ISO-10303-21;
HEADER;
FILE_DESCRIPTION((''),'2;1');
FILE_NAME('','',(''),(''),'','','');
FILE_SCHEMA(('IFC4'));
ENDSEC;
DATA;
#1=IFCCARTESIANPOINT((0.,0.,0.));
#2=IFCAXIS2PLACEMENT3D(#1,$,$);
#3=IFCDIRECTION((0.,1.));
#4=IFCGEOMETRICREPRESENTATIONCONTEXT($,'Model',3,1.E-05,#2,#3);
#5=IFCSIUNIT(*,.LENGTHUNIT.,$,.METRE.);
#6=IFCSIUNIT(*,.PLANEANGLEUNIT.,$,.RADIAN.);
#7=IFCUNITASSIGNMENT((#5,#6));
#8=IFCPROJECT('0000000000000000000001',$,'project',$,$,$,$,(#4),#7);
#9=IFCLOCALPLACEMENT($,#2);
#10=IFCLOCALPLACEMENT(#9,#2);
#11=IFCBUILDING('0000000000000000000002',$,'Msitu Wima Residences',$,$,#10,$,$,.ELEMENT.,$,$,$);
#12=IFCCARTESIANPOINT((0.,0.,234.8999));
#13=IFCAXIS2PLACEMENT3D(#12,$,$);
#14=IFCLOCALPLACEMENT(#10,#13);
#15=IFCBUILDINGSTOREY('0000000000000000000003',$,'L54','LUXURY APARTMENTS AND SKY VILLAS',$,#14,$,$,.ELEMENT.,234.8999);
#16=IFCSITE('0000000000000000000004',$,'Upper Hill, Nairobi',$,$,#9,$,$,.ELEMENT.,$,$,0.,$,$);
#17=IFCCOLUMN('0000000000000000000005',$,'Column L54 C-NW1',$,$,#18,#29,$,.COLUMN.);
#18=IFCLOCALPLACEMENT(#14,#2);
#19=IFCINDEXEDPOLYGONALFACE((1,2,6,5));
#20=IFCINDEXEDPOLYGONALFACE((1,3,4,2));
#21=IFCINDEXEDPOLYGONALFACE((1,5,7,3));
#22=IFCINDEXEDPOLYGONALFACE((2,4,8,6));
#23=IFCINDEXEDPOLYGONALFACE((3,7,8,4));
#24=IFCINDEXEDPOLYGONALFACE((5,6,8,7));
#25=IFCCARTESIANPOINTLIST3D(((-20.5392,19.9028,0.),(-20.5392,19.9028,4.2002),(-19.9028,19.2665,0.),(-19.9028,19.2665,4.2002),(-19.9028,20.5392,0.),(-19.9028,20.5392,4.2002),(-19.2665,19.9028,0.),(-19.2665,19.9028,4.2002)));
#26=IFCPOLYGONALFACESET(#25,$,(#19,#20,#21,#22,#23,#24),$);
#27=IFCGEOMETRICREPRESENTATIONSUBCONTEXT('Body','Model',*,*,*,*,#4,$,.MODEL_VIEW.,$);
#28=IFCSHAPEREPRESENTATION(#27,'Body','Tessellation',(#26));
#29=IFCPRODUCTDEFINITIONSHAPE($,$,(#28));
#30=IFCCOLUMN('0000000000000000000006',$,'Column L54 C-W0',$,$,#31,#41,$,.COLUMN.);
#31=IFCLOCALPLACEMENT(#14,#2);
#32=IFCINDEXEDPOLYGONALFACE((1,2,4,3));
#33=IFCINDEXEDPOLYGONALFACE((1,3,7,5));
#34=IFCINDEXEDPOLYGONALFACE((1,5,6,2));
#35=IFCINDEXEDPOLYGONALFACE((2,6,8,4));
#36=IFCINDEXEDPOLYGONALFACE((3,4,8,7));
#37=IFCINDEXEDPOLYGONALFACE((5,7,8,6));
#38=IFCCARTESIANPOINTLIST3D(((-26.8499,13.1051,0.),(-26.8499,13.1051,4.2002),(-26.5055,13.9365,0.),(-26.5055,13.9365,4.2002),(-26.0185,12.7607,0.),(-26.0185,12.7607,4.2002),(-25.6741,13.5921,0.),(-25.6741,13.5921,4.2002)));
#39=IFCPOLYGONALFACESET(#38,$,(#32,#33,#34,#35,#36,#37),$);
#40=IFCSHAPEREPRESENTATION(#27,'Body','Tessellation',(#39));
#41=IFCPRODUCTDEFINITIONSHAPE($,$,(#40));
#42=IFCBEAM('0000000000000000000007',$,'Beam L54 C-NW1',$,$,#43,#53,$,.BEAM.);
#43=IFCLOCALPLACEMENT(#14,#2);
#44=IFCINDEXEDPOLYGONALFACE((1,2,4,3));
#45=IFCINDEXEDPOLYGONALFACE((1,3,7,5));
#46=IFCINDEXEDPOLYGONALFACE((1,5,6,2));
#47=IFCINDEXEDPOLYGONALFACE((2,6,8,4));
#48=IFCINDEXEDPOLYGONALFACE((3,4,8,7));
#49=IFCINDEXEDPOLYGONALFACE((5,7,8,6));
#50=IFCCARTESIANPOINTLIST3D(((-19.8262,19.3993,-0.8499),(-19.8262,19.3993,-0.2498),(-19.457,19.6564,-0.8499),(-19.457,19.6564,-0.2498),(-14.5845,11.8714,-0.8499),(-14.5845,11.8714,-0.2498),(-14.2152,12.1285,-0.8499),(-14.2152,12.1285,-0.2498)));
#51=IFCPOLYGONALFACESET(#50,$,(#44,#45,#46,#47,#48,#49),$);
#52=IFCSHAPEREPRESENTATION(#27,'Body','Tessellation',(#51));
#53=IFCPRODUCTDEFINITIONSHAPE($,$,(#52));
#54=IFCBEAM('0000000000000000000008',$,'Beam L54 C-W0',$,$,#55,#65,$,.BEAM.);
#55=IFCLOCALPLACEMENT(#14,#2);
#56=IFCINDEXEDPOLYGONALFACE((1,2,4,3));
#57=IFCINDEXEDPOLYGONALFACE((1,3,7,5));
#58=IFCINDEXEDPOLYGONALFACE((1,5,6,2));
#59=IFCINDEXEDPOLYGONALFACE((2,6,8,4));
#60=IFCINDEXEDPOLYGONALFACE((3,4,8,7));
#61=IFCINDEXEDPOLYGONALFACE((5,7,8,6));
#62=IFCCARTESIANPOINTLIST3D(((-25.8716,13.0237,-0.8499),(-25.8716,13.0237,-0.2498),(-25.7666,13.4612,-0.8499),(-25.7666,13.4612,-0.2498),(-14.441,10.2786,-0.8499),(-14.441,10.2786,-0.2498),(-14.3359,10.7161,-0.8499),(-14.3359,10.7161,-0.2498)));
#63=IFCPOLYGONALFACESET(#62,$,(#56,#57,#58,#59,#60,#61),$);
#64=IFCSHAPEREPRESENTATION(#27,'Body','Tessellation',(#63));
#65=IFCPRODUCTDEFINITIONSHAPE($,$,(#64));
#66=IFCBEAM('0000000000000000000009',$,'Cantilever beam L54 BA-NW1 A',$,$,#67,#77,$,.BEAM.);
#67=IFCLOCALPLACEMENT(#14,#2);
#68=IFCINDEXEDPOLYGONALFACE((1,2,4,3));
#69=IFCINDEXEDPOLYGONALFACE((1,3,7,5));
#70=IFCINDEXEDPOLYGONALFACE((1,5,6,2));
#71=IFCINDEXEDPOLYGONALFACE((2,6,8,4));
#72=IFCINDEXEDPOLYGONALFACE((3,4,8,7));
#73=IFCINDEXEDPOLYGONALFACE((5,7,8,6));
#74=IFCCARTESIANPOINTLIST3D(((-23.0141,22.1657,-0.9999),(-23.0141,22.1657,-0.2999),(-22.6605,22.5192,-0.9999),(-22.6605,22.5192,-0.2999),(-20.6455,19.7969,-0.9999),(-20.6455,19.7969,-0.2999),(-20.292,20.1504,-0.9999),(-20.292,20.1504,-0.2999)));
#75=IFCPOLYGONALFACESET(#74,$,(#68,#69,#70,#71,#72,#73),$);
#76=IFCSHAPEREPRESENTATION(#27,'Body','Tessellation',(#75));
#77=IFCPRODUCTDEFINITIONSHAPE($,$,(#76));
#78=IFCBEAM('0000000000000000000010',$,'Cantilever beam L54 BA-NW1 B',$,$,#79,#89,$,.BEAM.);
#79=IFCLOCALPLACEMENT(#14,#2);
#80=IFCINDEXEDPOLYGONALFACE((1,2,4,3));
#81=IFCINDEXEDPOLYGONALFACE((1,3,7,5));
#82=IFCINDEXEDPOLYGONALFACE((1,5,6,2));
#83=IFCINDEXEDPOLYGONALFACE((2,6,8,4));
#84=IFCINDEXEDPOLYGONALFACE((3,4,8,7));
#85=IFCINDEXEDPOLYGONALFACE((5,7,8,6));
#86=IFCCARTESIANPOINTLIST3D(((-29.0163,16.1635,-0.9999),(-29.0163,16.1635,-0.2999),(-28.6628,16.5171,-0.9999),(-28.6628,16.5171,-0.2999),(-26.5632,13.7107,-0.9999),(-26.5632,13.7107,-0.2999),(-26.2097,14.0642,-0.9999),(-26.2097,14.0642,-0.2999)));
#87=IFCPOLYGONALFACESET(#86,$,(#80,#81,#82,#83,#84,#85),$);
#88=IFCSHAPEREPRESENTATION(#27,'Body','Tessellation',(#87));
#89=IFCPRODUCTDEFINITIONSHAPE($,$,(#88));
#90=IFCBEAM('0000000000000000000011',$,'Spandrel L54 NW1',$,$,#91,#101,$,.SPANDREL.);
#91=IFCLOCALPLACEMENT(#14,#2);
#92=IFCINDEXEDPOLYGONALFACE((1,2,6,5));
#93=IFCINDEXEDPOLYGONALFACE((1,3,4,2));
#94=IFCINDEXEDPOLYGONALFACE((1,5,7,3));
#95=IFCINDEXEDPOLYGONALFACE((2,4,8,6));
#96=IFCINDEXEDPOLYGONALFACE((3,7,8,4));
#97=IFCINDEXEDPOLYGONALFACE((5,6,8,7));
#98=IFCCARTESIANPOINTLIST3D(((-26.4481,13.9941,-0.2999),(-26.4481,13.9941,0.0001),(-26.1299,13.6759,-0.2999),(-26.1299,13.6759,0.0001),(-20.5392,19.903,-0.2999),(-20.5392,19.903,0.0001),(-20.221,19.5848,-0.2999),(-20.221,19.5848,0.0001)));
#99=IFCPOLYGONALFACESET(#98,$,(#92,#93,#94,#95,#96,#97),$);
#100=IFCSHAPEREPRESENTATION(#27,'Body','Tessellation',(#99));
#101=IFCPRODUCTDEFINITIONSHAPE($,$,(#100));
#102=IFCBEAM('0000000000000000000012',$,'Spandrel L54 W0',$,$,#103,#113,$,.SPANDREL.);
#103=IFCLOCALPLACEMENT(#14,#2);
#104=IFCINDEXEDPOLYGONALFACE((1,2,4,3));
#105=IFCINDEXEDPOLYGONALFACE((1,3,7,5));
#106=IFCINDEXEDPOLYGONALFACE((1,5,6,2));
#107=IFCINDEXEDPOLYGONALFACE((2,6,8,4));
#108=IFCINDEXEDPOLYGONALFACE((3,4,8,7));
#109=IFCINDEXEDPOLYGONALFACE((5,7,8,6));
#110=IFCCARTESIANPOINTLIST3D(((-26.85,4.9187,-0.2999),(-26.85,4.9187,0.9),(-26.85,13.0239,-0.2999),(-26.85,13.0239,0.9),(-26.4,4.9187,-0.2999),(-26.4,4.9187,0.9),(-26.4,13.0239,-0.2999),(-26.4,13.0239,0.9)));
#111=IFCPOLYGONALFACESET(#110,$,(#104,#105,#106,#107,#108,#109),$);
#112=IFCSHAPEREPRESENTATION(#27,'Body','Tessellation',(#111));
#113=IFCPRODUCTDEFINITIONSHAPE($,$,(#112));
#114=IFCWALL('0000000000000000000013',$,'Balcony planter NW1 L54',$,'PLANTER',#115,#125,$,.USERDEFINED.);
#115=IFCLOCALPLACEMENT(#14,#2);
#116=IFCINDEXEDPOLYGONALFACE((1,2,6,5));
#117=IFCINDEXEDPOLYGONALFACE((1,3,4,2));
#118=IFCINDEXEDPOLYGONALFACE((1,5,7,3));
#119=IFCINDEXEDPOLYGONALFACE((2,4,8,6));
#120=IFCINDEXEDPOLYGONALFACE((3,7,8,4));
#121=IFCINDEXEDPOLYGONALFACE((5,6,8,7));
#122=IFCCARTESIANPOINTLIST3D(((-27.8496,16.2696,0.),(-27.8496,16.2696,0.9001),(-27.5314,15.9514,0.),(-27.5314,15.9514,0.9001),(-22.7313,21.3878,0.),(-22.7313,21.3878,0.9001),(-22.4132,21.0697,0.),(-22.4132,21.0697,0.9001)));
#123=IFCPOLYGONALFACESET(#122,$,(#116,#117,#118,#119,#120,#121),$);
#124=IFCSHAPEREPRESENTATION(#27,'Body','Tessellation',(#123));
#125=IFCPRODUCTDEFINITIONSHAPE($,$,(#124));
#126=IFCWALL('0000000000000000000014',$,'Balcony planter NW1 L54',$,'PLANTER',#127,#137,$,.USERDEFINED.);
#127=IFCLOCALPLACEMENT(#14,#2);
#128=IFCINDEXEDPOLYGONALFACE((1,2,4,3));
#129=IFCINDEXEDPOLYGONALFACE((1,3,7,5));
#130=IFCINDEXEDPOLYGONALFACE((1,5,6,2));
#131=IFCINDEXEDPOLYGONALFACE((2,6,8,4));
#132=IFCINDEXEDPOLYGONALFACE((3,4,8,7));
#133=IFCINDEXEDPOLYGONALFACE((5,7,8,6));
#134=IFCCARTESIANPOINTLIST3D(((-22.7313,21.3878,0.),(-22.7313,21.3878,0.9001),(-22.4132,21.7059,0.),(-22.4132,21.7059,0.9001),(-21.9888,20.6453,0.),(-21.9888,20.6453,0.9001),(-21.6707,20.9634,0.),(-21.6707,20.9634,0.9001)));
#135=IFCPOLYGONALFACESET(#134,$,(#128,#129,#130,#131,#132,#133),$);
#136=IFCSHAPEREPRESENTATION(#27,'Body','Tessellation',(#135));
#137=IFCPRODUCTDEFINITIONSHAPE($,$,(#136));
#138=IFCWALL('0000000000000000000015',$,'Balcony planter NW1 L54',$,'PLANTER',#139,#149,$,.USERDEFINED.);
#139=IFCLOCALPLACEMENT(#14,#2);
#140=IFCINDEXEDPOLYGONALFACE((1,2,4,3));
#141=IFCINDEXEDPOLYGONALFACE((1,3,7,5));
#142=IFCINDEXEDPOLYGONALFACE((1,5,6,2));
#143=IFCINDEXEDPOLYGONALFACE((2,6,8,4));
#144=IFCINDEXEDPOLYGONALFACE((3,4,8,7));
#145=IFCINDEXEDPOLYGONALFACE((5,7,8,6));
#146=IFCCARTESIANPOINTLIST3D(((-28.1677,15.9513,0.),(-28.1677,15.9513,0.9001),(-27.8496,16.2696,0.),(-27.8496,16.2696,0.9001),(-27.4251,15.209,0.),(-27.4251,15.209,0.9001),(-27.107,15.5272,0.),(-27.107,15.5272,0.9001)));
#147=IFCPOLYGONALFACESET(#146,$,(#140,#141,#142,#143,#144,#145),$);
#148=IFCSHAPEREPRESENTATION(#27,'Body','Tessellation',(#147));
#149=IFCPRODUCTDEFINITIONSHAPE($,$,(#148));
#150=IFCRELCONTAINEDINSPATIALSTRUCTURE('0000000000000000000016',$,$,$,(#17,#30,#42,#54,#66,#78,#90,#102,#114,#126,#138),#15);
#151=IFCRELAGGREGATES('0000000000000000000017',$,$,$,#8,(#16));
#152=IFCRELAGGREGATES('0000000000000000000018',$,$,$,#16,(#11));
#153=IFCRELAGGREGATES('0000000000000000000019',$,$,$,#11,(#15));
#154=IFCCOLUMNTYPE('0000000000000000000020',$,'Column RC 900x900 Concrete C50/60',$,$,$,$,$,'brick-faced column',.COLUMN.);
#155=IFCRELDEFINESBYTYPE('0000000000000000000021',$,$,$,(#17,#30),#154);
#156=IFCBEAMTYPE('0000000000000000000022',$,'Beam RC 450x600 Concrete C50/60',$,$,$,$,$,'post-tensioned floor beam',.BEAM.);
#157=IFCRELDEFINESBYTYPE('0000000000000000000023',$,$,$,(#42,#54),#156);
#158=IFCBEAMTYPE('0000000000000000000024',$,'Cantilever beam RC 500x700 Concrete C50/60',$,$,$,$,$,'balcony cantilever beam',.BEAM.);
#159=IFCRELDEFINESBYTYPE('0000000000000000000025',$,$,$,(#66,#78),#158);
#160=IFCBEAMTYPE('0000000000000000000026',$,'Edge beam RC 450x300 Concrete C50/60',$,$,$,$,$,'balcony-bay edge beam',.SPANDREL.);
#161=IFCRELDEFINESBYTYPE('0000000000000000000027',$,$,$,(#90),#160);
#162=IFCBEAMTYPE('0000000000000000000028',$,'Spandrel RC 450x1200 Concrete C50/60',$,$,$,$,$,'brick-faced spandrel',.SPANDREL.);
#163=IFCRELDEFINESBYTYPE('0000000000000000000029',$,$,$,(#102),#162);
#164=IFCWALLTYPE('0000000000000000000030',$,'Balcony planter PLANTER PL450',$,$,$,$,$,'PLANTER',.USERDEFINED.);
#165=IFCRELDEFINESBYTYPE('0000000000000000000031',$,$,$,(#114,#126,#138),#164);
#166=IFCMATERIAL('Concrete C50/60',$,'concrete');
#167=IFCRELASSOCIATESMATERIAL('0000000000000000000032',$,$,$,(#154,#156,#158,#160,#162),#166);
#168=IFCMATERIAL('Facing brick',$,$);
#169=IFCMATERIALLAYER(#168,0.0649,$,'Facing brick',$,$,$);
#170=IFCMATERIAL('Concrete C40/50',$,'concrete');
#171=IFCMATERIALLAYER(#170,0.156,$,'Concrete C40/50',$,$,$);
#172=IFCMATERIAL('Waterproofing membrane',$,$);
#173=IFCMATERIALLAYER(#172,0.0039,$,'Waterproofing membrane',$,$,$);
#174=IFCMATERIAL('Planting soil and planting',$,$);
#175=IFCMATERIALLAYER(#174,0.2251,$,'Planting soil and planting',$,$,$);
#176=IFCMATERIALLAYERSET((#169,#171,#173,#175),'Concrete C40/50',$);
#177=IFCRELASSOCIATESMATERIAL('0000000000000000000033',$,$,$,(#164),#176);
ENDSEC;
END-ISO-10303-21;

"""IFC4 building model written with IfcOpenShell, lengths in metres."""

from ifc_helpers import new_model, si_unit, direction, frame, frame_2d, origin, origin_2d, place, context, subcontext, project, spatial, rectangle, extrude, material, layer, layer_set, material_profile, profile_set, type_object, element, save


model = new_model("IFC4")

# Units and contexts
model_context = context("Model", 3, precision=1e-05, world=origin(), true_north=direction((0.0, 1.0)))
body_context = subcontext(model_context, "Body", "Model", "MODEL_VIEW")
ifc_project = project(units=[si_unit("LENGTHUNIT", "METRE"), si_unit("PLANEANGLEUNIT", "RADIAN")], contexts=[model_context])

# Site, building, storey
site_placement = place(None, origin())
site = spatial("IfcSite", under=ifc_project, at=site_placement, Name="Upper Hill, Nairobi", CompositionType="ELEMENT", RefElevation=0.0)
building_placement = place(site_placement, origin())
building = spatial("IfcBuilding", under=site, at=building_placement, Name="Msitu Wima Residences", CompositionType="ELEMENT")
storey_placement = place(building_placement, frame((0.0, 0.0, 234.8999)))
storey = spatial("IfcBuildingStorey", under=building, at=storey_placement, Name="L54", Description="LUXURY APARTMENTS AND SKY VILLAS", CompositionType="ELEMENT", Elevation=234.8999)

# Columns
ifc_material_1 = material(Name="Concrete C50/60", Category="concrete")
ifc_material_profile_1 = material_profile(ifc_material_1, rectangle(XDim=0.8999, YDim=0.8999, at=origin_2d()), Name="RC 900x900")
ifc_profile_set_1 = profile_set([ifc_material_profile_1], Name="Concrete C50/60")
column_type = type_object("IfcColumnType", Name="Column RC 900x900 Concrete C50/60", ElementType="brick-faced column", PredefinedType="COLUMN", material=ifc_profile_set_1)
for number, where, z_axis, x_axis, name in (
    (1, (-19.9028, 19.9028, 0.0), (0.0, 0.0, 1.0), (-0.707107, -0.707107, 0.0), "Column L54 C-NW1"),
    (2, (-26.262, 13.3486, 0.0), (0.0, 0.0, 1.0), (-0.382683, -0.92388, 0.0), "Column L54 C-W0"),
):
    element("IfcColumn", number, at=place(storey_placement, frame(where, z_axis=z_axis, x_axis=x_axis)), inside=storey, type_object=column_type, Name=name, PredefinedType="COLUMN", context=body_context, shape_type="SweptSolid", body=[
        extrude(rectangle(XDim=0.8999, YDim=0.8999, at=origin_2d()), origin(), (0.0, 0.0, 1.0), 4.2002),
    ])

# Beams
ifc_material_profile_2 = material_profile(ifc_material_1, rectangle(XDim=0.45, YDim=0.6001, at=origin_2d()), Name="RC 450x600")
ifc_profile_set_2 = profile_set([ifc_material_profile_2], Name="Concrete C50/60")
beam_type_1 = type_object("IfcBeamType", Name="Beam RC 450x600 Concrete C50/60", ElementType="post-tensioned floor beam", PredefinedType="BEAM", material=ifc_profile_set_2)
beam_1_placement = place(storey_placement, frame((-19.6416, 19.5278, -0.5498), z_axis=(0.571428, -0.820652, 0.0), x_axis=(0.820652, 0.571428, 0.0)))
element("IfcBeam", 3, at=beam_1_placement, inside=storey, type_object=beam_type_1, Name="Beam L54 C-NW1", PredefinedType="BEAM", context=body_context, shape_type="SweptSolid", body=[
    extrude(rectangle(XDim=0.45, YDim=0.6001, at=origin_2d()), origin(), (0.0, 0.0, 1.0), 9.1731),
])
beam_2_placement = place(storey_placement, frame((-25.8191, 13.2424, -0.5498), z_axis=(0.972353, -0.233514, 0.0), x_axis=(0.233514, 0.972353, 0.0)))
element("IfcBeam", 4, at=beam_2_placement, inside=storey, type_object=beam_type_1, Name="Beam L54 C-W0", PredefinedType="BEAM", context=body_context, shape_type="SweptSolid", body=[
    extrude(rectangle(XDim=0.45, YDim=0.6001, at=origin_2d()), origin(), (0.0, 0.0, 1.0), 11.7556),
])
ifc_material_profile_3 = material_profile(ifc_material_1, rectangle(XDim=0.5, YDim=0.7, at=origin_2d()), Name="RC 500x700")
ifc_profile_set_3 = profile_set([ifc_material_profile_3], Name="Concrete C50/60")
beam_type_2 = type_object("IfcBeamType", Name="Cantilever beam RC 500x700 Concrete C50/60", ElementType="balcony cantilever beam", PredefinedType="BEAM", material=ifc_profile_set_3)
beam_3_placement = place(storey_placement, frame((-20.4688, 19.9736, -0.6499), z_axis=(-0.70707, 0.707143, 0.0), x_axis=(-0.707143, -0.70707, 0.0)))
element("IfcBeam", 5, at=beam_3_placement, inside=storey, type_object=beam_type_2, Name="Cantilever beam L54 BA-NW1 A", PredefinedType="BEAM", context=body_context, shape_type="SweptSolid", body=[
    extrude(rectangle(XDim=0.5, YDim=0.7, at=origin_2d()), origin(), (0.0, 0.0, 1.0), 3.3499),
])
beam_4_placement = place(storey_placement, frame((-26.3865, 13.8875, -0.6499), z_axis=(-0.707142, 0.707072, 0.0), x_axis=(-0.707072, -0.707142, 0.0)))
element("IfcBeam", 6, at=beam_4_placement, inside=storey, type_object=beam_type_2, Name="Cantilever beam L54 BA-NW1 B", PredefinedType="BEAM", context=body_context, shape_type="SweptSolid", body=[
    extrude(rectangle(XDim=0.5, YDim=0.7, at=origin_2d()), origin(), (0.0, 0.0, 1.0), 3.469),
])
ifc_material_profile_4 = material_profile(ifc_material_1, rectangle(XDim=0.45, YDim=0.3, at=origin_2d()), Name="RC 450x300")
ifc_profile_set_4 = profile_set([ifc_material_profile_4], Name="Concrete C50/60")
beam_type_3 = type_object("IfcBeamType", Name="Edge beam RC 450x300 Concrete C50/60", ElementType="balcony-bay edge beam", PredefinedType="SPANDREL", material=ifc_profile_set_4)
beam_5_placement = place(storey_placement, frame((-20.3801, 19.7439, -0.1499), z_axis=(-0.707107, -0.707107, 0.0), x_axis=(0.707107, -0.707107, 0.0)))
element("IfcBeam", 7, at=beam_5_placement, inside=storey, type_object=beam_type_3, Name="Spandrel L54 NW1", PredefinedType="SPANDREL", context=body_context, shape_type="SweptSolid", body=[
    extrude(rectangle(XDim=0.45, YDim=0.3, at=origin_2d()), origin(), (0.0, 0.0, 1.0), 8.3564),
])
ifc_material_profile_5 = material_profile(ifc_material_1, rectangle(XDim=0.45, YDim=1.2, at=origin_2d()), Name="RC 450x1200")
ifc_profile_set_5 = profile_set([ifc_material_profile_5], Name="Concrete C50/60")
beam_type_4 = type_object("IfcBeamType", Name="Spandrel RC 450x1200 Concrete C50/60", ElementType="brick-faced spandrel", PredefinedType="SPANDREL", material=ifc_profile_set_5)
beam_6_placement = place(storey_placement, frame((-26.625, 13.0239, 0.3), z_axis=(0.0, -1.0, 0.0), x_axis=(1.0, 0.0, 0.0)))
element("IfcBeam", 8, at=beam_6_placement, inside=storey, type_object=beam_type_4, Name="Spandrel L54 W0", PredefinedType="SPANDREL", context=body_context, shape_type="SweptSolid", body=[
    extrude(rectangle(XDim=0.45, YDim=1.2, at=origin_2d()), origin(), (0.0, 0.0, 1.0), 8.1052),
])

# Walls
ifc_material_2 = material(Name="Facing brick")
ifc_layer_1 = layer(ifc_material_2, 0.0649, Name="Facing brick")
ifc_material_3 = material(Name="Concrete C40/50", Category="concrete")
ifc_layer_2 = layer(ifc_material_3, 0.156, Name="Concrete C40/50")
ifc_material_4 = material(Name="Waterproofing membrane")
ifc_layer_3 = layer(ifc_material_4, 0.0039, Name="Waterproofing membrane")
ifc_material_5 = material(Name="Planting soil and planting")
ifc_layer_4 = layer(ifc_material_5, 0.2251, Name="Planting soil and planting")
ifc_layer_set_1 = layer_set([ifc_layer_1, ifc_layer_2, ifc_layer_3, ifc_layer_4], Name="Concrete C40/50")
wall_type_1 = type_object("IfcWallType", Name="Balcony planter PLANTER PL450", ElementType="PLANTER", PredefinedType="USERDEFINED", material=ifc_layer_set_1)
wall_1_placement = place(storey_placement, frame((-22.5723, 21.2288, 0.0), z_axis=(0.0, 0.0, 1.0), x_axis=(-0.707107, -0.707107, 0.0)))
element("IfcWall", 9, at=wall_1_placement, inside=storey, type_object=wall_type_1, Name="Balcony planter NW1 L54", ObjectType="PLANTER", PredefinedType="USERDEFINED", context=body_context, shape_type="SweptSolid", body=[
    extrude(rectangle(XDim=7.2383, YDim=0.45, at=frame_2d((3.6191, 0.0))), origin(), (0.0, 0.0, 1.0), 0.9001),
])
for number, where, z_axis, x_axis, name in (
    (10, (-21.8298, 20.8044, 0.0), (0.0, 0.0, 1.0), (-0.707107, 0.707107, 0.0), "Balcony planter NW1 L54"),
    (11, (-27.2661, 15.3682, 0.0), (0.0, 0.0, 1.0), (-0.707223, 0.706991, 0.0), "Balcony planter NW1 L54"),
):
    element("IfcWall", number, at=place(storey_placement, frame(where, z_axis=z_axis, x_axis=x_axis)), inside=storey, type_object=wall_type_1, Name=name, ObjectType="PLANTER", PredefinedType="USERDEFINED", context=body_context, shape_type="SweptSolid", body=[
        extrude(rectangle(XDim=1.05, YDim=0.45, at=frame_2d((0.5249, 0.0))), origin(), (0.0, 0.0, 1.0), 0.9001),
    ])

save(model, "model.ifc")
